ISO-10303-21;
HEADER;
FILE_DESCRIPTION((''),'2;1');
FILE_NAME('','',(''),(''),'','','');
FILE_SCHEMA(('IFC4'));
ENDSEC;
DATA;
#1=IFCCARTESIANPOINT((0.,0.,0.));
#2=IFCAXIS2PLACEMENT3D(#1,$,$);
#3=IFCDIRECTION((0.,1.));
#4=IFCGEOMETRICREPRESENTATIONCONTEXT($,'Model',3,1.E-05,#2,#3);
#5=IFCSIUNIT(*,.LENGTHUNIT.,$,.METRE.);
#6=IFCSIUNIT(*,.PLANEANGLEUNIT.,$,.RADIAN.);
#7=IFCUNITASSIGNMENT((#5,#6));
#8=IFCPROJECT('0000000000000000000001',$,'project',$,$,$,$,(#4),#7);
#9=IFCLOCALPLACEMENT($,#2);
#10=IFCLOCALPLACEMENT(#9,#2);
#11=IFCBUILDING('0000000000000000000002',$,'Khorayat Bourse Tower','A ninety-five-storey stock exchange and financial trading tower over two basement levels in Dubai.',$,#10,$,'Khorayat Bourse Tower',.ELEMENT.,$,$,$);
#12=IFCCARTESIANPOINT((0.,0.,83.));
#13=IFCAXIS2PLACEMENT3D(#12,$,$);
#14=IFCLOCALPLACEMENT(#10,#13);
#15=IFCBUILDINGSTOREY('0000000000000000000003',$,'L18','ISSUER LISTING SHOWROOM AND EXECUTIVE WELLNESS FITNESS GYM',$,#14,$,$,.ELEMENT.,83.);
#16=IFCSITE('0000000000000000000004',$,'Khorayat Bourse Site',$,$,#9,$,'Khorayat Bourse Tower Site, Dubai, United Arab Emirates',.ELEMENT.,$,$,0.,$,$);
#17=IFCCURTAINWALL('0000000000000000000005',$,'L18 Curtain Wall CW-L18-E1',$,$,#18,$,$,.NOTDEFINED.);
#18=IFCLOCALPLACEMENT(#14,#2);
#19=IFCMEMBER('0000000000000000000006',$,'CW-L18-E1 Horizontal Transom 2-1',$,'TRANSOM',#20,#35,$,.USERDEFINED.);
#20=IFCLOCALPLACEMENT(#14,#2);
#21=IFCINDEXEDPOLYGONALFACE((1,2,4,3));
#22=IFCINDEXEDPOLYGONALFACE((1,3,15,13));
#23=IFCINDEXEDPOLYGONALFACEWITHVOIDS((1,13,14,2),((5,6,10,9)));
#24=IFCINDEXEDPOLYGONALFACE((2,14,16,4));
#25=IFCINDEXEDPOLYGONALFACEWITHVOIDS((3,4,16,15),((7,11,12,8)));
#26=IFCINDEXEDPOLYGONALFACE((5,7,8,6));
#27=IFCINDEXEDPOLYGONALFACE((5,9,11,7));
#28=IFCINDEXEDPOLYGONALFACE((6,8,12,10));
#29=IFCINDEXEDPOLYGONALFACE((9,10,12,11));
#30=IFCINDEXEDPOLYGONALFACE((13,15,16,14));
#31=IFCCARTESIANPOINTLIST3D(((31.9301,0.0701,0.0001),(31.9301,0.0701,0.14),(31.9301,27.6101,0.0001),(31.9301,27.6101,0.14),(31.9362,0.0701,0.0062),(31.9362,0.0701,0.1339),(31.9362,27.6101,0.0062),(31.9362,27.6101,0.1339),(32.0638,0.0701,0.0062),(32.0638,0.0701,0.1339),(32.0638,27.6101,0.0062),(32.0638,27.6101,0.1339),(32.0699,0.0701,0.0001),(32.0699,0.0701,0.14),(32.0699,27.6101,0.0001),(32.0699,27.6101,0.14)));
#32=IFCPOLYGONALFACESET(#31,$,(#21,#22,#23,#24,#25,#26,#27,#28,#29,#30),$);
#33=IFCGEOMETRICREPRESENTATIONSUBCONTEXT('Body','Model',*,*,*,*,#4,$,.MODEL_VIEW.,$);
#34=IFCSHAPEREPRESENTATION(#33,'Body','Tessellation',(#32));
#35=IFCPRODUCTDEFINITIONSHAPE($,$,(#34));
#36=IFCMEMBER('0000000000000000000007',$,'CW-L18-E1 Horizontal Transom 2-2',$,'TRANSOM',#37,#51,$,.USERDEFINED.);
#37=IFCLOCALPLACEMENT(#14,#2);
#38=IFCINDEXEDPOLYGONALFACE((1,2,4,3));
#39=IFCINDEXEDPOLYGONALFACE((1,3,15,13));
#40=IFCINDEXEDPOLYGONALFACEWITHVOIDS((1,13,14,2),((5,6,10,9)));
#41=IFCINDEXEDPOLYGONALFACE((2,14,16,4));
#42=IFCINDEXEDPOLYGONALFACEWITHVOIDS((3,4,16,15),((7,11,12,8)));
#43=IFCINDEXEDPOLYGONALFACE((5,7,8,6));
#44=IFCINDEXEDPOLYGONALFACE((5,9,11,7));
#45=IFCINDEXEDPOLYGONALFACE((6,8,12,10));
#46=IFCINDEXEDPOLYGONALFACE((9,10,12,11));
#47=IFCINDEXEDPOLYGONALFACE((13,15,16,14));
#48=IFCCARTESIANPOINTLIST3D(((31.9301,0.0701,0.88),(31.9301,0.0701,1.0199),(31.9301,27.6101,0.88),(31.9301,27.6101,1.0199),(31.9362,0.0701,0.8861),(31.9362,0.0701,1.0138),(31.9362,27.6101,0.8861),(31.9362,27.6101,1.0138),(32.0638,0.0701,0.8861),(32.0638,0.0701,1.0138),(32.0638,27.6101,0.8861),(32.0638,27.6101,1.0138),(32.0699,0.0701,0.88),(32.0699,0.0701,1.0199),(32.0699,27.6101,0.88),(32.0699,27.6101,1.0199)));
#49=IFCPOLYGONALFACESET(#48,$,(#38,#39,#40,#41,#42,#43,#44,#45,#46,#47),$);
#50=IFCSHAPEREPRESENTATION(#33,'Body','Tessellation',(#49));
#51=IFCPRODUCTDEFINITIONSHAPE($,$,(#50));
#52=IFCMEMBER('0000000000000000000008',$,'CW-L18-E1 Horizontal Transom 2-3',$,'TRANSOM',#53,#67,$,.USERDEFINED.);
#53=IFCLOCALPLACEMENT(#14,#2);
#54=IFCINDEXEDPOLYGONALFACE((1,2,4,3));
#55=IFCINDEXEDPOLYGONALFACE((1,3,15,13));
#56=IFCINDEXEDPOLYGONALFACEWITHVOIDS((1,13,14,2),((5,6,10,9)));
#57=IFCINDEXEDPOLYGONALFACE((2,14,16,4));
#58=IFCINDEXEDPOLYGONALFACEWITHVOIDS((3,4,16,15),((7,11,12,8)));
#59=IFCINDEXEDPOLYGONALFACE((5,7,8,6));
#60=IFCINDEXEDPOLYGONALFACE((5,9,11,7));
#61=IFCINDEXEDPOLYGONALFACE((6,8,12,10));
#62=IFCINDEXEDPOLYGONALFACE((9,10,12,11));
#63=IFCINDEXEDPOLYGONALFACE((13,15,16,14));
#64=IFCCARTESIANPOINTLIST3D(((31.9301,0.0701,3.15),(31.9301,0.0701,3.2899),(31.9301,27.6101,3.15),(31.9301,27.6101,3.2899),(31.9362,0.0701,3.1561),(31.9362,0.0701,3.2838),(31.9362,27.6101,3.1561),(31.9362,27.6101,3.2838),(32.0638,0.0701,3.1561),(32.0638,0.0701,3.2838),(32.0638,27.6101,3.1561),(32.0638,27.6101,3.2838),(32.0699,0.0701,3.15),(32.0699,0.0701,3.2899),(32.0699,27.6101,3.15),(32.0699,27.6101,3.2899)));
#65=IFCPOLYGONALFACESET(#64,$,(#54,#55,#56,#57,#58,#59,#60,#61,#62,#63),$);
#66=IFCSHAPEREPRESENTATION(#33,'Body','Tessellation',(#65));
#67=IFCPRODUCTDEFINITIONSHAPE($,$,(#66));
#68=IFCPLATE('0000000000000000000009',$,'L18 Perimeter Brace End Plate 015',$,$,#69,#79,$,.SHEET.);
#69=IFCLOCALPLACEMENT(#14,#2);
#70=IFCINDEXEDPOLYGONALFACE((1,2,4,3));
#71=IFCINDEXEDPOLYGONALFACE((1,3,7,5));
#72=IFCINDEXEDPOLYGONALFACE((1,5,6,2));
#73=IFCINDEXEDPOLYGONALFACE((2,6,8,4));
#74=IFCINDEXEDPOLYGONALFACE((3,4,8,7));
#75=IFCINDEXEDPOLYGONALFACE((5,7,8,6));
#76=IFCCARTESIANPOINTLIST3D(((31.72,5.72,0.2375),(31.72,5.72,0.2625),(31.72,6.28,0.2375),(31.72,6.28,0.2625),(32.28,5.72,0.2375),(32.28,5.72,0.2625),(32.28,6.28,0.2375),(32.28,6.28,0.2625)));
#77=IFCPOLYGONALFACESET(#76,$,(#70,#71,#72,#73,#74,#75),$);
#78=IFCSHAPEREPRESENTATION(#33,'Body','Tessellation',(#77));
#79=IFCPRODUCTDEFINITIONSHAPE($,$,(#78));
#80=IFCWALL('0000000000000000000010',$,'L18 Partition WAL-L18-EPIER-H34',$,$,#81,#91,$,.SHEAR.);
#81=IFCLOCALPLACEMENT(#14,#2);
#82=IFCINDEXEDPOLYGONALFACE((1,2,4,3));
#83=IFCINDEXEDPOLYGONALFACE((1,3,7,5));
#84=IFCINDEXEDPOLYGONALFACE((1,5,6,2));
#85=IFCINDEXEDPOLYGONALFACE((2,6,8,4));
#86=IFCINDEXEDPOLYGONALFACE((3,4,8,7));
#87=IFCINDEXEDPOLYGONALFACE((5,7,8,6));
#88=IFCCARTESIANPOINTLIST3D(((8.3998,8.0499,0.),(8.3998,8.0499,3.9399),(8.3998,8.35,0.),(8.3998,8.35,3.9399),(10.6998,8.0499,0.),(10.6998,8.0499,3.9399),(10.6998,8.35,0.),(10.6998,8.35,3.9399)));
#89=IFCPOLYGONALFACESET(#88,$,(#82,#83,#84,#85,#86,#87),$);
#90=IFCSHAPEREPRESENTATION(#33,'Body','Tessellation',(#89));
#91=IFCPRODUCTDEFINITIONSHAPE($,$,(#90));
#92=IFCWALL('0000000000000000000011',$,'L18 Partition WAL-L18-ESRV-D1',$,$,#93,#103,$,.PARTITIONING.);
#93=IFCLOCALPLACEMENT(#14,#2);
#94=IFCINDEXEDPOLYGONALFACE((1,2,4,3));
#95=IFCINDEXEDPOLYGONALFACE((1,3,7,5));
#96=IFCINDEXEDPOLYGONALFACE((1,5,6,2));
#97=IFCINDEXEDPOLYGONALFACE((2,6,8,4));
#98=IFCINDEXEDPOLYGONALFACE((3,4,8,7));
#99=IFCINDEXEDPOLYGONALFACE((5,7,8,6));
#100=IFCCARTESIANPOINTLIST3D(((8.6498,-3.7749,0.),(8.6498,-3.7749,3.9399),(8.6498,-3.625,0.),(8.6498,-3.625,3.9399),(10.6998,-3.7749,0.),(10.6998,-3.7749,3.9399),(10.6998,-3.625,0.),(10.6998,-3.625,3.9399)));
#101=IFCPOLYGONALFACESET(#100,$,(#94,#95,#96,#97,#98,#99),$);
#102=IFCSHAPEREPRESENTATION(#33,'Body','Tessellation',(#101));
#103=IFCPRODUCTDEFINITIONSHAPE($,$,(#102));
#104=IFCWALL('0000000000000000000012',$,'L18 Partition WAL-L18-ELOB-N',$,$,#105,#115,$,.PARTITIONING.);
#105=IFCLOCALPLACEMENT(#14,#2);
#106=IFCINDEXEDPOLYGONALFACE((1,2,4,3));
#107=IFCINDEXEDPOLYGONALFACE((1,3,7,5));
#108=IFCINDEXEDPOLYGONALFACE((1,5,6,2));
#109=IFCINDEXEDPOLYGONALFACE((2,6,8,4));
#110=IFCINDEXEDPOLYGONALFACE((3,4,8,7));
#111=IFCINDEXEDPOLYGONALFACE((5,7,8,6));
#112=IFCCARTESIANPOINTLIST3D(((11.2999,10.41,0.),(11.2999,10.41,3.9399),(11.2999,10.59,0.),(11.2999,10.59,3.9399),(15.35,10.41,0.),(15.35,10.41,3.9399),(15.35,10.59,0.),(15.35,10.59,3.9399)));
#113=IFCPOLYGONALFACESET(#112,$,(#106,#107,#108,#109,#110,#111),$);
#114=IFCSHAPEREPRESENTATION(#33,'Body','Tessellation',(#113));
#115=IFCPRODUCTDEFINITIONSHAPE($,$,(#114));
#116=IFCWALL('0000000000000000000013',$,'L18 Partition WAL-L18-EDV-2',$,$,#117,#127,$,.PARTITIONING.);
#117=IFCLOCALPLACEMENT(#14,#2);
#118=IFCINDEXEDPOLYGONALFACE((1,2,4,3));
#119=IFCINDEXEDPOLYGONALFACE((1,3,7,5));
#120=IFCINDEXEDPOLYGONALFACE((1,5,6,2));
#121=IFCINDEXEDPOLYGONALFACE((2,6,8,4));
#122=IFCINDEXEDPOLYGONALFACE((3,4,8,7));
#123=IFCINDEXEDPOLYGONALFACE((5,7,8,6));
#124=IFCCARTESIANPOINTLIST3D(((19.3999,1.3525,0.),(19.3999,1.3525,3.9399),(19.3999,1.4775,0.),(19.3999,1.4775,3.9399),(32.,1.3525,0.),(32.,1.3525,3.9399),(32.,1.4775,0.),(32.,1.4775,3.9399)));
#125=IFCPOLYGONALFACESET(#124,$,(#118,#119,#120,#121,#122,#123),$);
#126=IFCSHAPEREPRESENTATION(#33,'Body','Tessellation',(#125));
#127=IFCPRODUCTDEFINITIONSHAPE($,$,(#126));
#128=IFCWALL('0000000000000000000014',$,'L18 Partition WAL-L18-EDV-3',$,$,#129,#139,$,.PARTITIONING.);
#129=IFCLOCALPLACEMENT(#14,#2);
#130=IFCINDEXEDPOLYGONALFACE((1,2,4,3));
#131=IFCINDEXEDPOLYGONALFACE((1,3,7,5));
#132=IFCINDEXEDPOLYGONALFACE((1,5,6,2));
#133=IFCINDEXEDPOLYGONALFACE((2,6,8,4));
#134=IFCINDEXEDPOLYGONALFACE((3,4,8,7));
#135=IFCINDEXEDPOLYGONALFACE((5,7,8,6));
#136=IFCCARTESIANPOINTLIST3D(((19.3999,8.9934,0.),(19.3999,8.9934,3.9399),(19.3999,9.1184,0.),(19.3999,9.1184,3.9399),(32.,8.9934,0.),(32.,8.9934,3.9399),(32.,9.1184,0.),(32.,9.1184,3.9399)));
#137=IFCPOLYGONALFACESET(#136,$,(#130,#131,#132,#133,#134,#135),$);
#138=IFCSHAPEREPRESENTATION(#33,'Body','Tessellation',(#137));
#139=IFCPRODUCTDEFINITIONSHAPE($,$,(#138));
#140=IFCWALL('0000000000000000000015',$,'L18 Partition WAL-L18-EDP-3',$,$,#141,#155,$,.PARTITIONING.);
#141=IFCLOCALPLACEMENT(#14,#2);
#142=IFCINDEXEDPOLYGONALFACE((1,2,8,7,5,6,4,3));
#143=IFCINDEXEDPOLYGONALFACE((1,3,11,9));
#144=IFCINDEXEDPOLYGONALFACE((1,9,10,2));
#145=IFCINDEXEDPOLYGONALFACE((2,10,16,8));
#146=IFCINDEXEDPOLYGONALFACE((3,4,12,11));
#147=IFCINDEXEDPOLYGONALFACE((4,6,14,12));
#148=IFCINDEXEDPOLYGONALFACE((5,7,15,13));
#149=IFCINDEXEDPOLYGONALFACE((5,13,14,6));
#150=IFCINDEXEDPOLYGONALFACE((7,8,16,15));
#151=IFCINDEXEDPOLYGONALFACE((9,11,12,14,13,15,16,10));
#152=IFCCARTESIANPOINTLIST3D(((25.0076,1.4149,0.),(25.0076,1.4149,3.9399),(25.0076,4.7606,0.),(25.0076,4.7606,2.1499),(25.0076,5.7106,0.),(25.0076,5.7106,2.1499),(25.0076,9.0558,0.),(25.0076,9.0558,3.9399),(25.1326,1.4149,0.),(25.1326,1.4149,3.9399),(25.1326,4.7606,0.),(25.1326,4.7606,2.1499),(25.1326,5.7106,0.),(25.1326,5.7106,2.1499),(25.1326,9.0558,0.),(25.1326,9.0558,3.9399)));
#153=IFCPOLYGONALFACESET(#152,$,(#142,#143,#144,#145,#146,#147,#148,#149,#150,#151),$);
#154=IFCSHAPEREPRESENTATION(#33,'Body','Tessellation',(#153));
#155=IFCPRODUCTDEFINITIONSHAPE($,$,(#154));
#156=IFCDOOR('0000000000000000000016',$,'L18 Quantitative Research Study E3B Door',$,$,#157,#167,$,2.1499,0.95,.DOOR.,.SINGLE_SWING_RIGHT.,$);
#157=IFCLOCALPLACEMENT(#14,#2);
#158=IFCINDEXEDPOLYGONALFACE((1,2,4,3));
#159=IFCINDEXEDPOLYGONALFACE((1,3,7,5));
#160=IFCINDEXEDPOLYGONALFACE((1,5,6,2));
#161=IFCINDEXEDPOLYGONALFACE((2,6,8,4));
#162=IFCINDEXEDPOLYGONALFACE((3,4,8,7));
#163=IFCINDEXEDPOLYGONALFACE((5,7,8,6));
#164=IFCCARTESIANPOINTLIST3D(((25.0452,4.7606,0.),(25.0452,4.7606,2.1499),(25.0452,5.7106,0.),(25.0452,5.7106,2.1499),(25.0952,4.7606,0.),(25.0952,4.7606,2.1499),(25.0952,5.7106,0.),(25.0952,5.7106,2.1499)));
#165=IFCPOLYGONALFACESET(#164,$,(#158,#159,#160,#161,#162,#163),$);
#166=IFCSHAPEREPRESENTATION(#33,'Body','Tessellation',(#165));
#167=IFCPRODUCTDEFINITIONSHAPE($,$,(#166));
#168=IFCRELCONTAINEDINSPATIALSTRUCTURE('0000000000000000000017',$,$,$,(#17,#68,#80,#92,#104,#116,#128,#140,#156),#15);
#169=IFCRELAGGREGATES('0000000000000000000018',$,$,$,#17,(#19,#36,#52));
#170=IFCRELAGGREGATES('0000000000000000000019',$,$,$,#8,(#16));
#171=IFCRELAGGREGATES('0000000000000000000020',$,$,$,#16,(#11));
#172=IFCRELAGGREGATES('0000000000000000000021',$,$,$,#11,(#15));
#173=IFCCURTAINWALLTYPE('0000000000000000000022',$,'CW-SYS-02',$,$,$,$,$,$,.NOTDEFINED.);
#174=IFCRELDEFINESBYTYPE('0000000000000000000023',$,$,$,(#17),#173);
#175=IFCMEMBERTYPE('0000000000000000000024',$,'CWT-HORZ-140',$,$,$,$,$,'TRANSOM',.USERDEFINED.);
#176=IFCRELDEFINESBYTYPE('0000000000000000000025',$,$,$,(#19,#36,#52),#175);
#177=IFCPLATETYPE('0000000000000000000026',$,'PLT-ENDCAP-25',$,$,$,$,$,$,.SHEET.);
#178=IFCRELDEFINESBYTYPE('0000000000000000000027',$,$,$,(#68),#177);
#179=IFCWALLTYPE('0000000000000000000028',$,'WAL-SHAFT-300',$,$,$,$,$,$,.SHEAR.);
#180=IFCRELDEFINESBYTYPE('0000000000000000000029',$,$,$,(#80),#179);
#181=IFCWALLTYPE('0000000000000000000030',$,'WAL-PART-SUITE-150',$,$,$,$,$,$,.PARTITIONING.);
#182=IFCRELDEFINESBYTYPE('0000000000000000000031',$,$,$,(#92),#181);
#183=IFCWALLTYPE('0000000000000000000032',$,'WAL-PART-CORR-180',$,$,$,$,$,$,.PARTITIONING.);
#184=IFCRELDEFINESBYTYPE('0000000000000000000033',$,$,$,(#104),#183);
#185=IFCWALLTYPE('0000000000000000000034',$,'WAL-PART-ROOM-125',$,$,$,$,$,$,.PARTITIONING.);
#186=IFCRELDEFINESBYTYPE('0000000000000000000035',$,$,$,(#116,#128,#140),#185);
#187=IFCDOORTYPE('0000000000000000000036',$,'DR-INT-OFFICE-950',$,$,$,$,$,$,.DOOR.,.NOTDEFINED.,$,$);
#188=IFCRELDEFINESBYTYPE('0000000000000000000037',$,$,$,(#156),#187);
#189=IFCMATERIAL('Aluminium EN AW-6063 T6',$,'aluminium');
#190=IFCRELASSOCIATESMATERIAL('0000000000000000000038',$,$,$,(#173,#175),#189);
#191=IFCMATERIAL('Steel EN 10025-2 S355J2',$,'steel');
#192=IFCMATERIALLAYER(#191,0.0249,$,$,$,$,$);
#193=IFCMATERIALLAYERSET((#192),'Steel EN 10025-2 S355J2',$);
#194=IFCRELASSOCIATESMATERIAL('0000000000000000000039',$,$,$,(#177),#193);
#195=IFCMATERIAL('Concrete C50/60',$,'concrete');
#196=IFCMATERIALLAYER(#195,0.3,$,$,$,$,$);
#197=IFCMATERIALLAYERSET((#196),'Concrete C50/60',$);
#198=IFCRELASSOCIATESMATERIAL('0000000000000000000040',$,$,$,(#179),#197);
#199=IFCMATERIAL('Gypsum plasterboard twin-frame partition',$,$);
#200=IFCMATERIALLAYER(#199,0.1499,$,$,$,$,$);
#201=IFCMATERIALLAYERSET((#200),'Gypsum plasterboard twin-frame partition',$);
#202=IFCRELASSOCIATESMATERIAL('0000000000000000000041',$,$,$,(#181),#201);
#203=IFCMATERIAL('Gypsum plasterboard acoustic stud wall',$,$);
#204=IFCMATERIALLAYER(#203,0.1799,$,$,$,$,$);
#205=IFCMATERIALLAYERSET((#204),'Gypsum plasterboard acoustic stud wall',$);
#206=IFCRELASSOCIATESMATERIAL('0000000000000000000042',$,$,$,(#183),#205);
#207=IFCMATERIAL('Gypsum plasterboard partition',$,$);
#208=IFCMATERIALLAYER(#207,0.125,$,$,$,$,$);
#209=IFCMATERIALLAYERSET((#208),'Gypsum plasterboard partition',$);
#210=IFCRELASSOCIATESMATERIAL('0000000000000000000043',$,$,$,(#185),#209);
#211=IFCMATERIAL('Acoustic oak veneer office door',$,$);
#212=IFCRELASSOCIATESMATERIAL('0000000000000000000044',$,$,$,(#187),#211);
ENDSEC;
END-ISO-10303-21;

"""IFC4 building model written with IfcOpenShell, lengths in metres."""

from ifc_helpers import new_model, si_unit, direction, frame, frame_2d, origin, origin_2d, place, context, subcontext, project, spatial, rectangle, hollow_rectangle, extrude, source, transform, mapped, material, layer, layer_set, material_profile, profile_set, type_object, element, fill, aggregate, save


model = new_model("IFC4")

# Units and contexts
model_context = context("Model", 3, precision=1e-05, world=origin(), true_north=direction((0.0, 1.0)))
body_context = subcontext(model_context, "Body", "Model", "MODEL_VIEW")
ifc_project = project(units=[si_unit("LENGTHUNIT", "METRE"), si_unit("PLANEANGLEUNIT", "RADIAN")], contexts=[model_context])

# Site, building, storey
site_placement = place(None, origin())
site = spatial("IfcSite", under=ifc_project, at=site_placement, Name="Khorayat Bourse Site", LongName="Khorayat Bourse Tower Site, Dubai, United Arab Emirates", CompositionType="ELEMENT", RefElevation=0.0)
building_placement = place(site_placement, origin())
building = spatial("IfcBuilding", under=site, at=building_placement, Name="Khorayat Bourse Tower", Description="A ninety-five-storey stock exchange and financial trading tower over two basement levels in Dubai.", LongName="Khorayat Bourse Tower", CompositionType="ELEMENT")
storey_placement = place(building_placement, frame((0.0, 0.0, 83.0)))
storey = spatial("IfcBuildingStorey", under=building, at=storey_placement, Name="L18", Description="ISSUER LISTING SHOWROOM AND EXECUTIVE WELLNESS FITNESS GYM", CompositionType="ELEMENT", Elevation=83.0)

# Curtain wall, members
ifc_material_1 = material(Name="Aluminium EN AW-6063 T6", Category="aluminium")
curtain_wall_type = type_object("IfcCurtainWallType", Name="CW-SYS-02", PredefinedType="NOTDEFINED", material=ifc_material_1)
curtain_wall_placement = place(storey_placement, origin())
curtain_wall = element("IfcCurtainWall", 1, at=curtain_wall_placement, inside=storey, type_object=curtain_wall_type, Name="L18 Curtain Wall CW-L18-E1", PredefinedType="NOTDEFINED")
ifc_material_profile_1 = material_profile(ifc_material_1, hollow_rectangle(XDim=0.1399, YDim=0.1399, WallThickness=0.0061, at=origin_2d()), Name="ALU 140x140x6")
ifc_profile_set_1 = profile_set([ifc_material_profile_1], Name="Aluminium EN AW-6063 T6")
member_type_1 = type_object("IfcMemberType", Name="CWT-HORZ-140", ElementType="TRANSOM", PredefinedType="USERDEFINED", material=ifc_profile_set_1)
shared_shape_1 = source(origin(), body_context, "Body", "SweptSolid", [
    extrude(hollow_rectangle(XDim=0.1399, YDim=0.1399, WallThickness=0.0061, at=origin_2d()), origin(), (0.0, 0.0, 1.0), 27.54),
])
member_1_placement = place(storey_placement, frame((32.0, 0.0701, 0.0701), z_axis=(0.0, 1.0, 0.0), x_axis=(-1.0, 0.0, 0.0)))
member_1 = element("IfcMember", 2, at=member_1_placement, type_object=member_type_1, Name="CW-L18-E1 Horizontal Transom 2-1", ObjectType="TRANSOM", PredefinedType="USERDEFINED", context=body_context, shape_type="MappedRepresentation", body=[
    mapped(shared_shape_1, transform((0.0, 0.0, 0.0), scale=1.0)),
])
member_2_placement = place(storey_placement, frame((32.0, 0.0701, 0.95), z_axis=(0.0, 1.0, 0.0), x_axis=(-1.0, 0.0, 0.0)))
member_2 = element("IfcMember", 3, at=member_2_placement, type_object=member_type_1, Name="CW-L18-E1 Horizontal Transom 2-2", ObjectType="TRANSOM", PredefinedType="USERDEFINED", context=body_context, shape_type="MappedRepresentation", body=[
    mapped(shared_shape_1, transform((0.0, 0.0, 0.0), scale=1.0)),
])
member_3_placement = place(storey_placement, frame((32.0, 0.0701, 3.22), z_axis=(0.0, 1.0, 0.0), x_axis=(-1.0, 0.0, 0.0)))
member_3 = element("IfcMember", 4, at=member_3_placement, type_object=member_type_1, Name="CW-L18-E1 Horizontal Transom 2-3", ObjectType="TRANSOM", PredefinedType="USERDEFINED", context=body_context, shape_type="MappedRepresentation", body=[
    mapped(shared_shape_1, transform((0.0, 0.0, 0.0), scale=1.0)),
])
aggregate(curtain_wall, [member_1, member_2, member_3])

# Plate
ifc_material_2 = material(Name="Steel EN 10025-2 S355J2", Category="steel")
ifc_layer_1 = layer(ifc_material_2, 0.0249)
ifc_layer_set_1 = layer_set([ifc_layer_1], Name="Steel EN 10025-2 S355J2")
plate_type = type_object("IfcPlateType", Name="PLT-ENDCAP-25", PredefinedType="SHEET", material=ifc_layer_set_1)
shared_shape_2 = source(origin(), body_context, "Body", "SweptSolid", [
    extrude(rectangle(XDim=0.5601, YDim=0.5601, at=origin_2d()), origin(), (0.0, 0.0, 1.0), 0.0249),
])
plate_placement = place(storey_placement, frame((32.0, 6.0, 0.2375), z_axis=(0.0, 0.0, 1.0), x_axis=(1.0, 0.0, 0.0)))
element("IfcPlate", 5, at=plate_placement, inside=storey, type_object=plate_type, Name="L18 Perimeter Brace End Plate 015", PredefinedType="SHEET", context=body_context, shape_type="MappedRepresentation", body=[
    mapped(shared_shape_2, transform((0.0, 0.0, 0.0), scale=1.0)),
])

# Walls
ifc_material_3 = material(Name="Concrete C50/60", Category="concrete")
ifc_layer_2 = layer(ifc_material_3, 0.3)
ifc_layer_set_2 = layer_set([ifc_layer_2], Name="Concrete C50/60")
wall_type_1 = type_object("IfcWallType", Name="WAL-SHAFT-300", PredefinedType="SHEAR", material=ifc_layer_set_2)
shared_shape_3 = source(origin(), body_context, "Body", "SweptSolid", [
    extrude(rectangle(XDim=2.3, YDim=0.3, at=frame_2d((1.1499, 0.0))), origin(), (0.0, 0.0, 1.0), 3.9399),
])
wall_1_placement = place(storey_placement, frame((8.3999, 8.2, 0.0), z_axis=(0.0, 0.0, 1.0), x_axis=(1.0, 0.0, 0.0)))
element("IfcWall", 6, at=wall_1_placement, inside=storey, type_object=wall_type_1, Name="L18 Partition WAL-L18-EPIER-H34", PredefinedType="SHEAR", context=body_context, shape_type="MappedRepresentation", body=[
    mapped(shared_shape_3, transform((0.0, 0.0, 0.0), scale=1.0)),
])
ifc_material_4 = material(Name="Gypsum plasterboard twin-frame partition")
ifc_layer_3 = layer(ifc_material_4, 0.1499)
ifc_layer_set_3 = layer_set([ifc_layer_3], Name="Gypsum plasterboard twin-frame partition")
wall_type_2 = type_object("IfcWallType", Name="WAL-PART-SUITE-150", PredefinedType="PARTITIONING", material=ifc_layer_set_3)
shared_shape_4 = source(origin(), body_context, "Body", "SweptSolid", [
    extrude(rectangle(XDim=2.05, YDim=0.1499, at=frame_2d((1.0249, 0.0))), origin(), (0.0, 0.0, 1.0), 3.9399),
])
wall_2_placement = place(storey_placement, frame((8.6499, -3.7, 0.0), z_axis=(0.0, 0.0, 1.0), x_axis=(1.0, 0.0, 0.0)))
element("IfcWall", 7, at=wall_2_placement, inside=storey, type_object=wall_type_2, Name="L18 Partition WAL-L18-ESRV-D1", PredefinedType="PARTITIONING", context=body_context, shape_type="MappedRepresentation", body=[
    mapped(shared_shape_4, transform((0.0, 0.0, 0.0), scale=1.0)),
])
ifc_material_5 = material(Name="Gypsum plasterboard acoustic stud wall")
ifc_layer_4 = layer(ifc_material_5, 0.1799)
ifc_layer_set_4 = layer_set([ifc_layer_4], Name="Gypsum plasterboard acoustic stud wall")
wall_type_3 = type_object("IfcWallType", Name="WAL-PART-CORR-180", PredefinedType="PARTITIONING", material=ifc_layer_set_4)
shared_shape_5 = source(origin(), body_context, "Body", "SweptSolid", [
    extrude(rectangle(XDim=4.05, YDim=0.1799, at=frame_2d((2.0249, 0.0))), origin(), (0.0, 0.0, 1.0), 3.9399),
])
wall_3_placement = place(storey_placement, frame((11.3, 10.5, 0.0), z_axis=(0.0, 0.0, 1.0), x_axis=(1.0, 0.0, 0.0)))
element("IfcWall", 8, at=wall_3_placement, inside=storey, type_object=wall_type_3, Name="L18 Partition WAL-L18-ELOB-N", PredefinedType="PARTITIONING", context=body_context, shape_type="MappedRepresentation", body=[
    mapped(shared_shape_5, transform((0.0, 0.0, 0.0), scale=1.0)),
])
ifc_material_6 = material(Name="Gypsum plasterboard partition")
ifc_layer_5 = layer(ifc_material_6, 0.125)
ifc_layer_set_5 = layer_set([ifc_layer_5], Name="Gypsum plasterboard partition")
wall_type_4 = type_object("IfcWallType", Name="WAL-PART-ROOM-125", PredefinedType="PARTITIONING", material=ifc_layer_set_5)
shared_shape_6 = source(origin(), body_context, "Body", "SweptSolid", [
    extrude(rectangle(XDim=12.6001, YDim=0.125, at=frame_2d((6.3, 0.0))), origin(), (0.0, 0.0, 1.0), 3.9399),
])
for number, where, z_axis, x_axis, name in (
    (9, (19.3999, 1.415, 0.0), (0.0, 0.0, 1.0), (1.0, 0.0, 0.0), "L18 Partition WAL-L18-EDV-2"),
    (10, (19.3999, 9.0559, 0.0), (0.0, 0.0, 1.0), (1.0, 0.0, 0.0), "L18 Partition WAL-L18-EDV-3"),
):
    element("IfcWall", number, at=place(storey_placement, frame(where, z_axis=z_axis, x_axis=x_axis)), inside=storey, type_object=wall_type_4, Name=name, PredefinedType="PARTITIONING", context=body_context, shape_type="MappedRepresentation", body=[
        mapped(shared_shape_6, transform((0.0, 0.0, 0.0), scale=1.0)),
    ])

# Wall, opening, door
shared_shape_7 = source(origin(), body_context, "Body", "SweptSolid", [
    extrude(rectangle(XDim=7.6409, YDim=0.125, at=frame_2d((3.8203, 0.0))), origin(), (0.0, 0.0, 1.0), 3.9399),
])
wall_4_placement = place(storey_placement, frame((25.0701, 1.415, 0.0), z_axis=(0.0, 0.0, 1.0), x_axis=(0.0, 1.0, 0.0)))
wall_4 = element("IfcWall", 11, at=wall_4_placement, inside=storey, type_object=wall_type_4, Name="L18 Partition WAL-L18-EDP-3", PredefinedType="PARTITIONING", context=body_context, shape_type="MappedRepresentation", body=[
    mapped(shared_shape_7, transform((0.0, 0.0, 0.0), scale=1.0)),
])
shared_shape_8 = source(origin(), body_context, "Body", "SweptSolid", [
    extrude(rectangle(XDim=0.95, YDim=2.1499, at=frame_2d((0.4751, 1.075))), frame((0.0, 0.0725, 0.0), z_axis=(0.0, -1.0, 0.0), x_axis=(1.0, 0.0, 0.0)), (0.0, 0.0, 1.0), 0.145),
])
opening_1_placement = place(wall_4_placement, frame((3.3455, 0.0, 0.0)))
opening_1 = element("IfcOpeningElement", 12, at=opening_1_placement, cuts=wall_4, PredefinedType="OPENING", context=body_context, shape_type="MappedRepresentation", body=[
    mapped(shared_shape_8, transform((0.0, 0.0, 0.0), scale=1.0)),
])
ifc_material_7 = material(Name="Acoustic oak veneer office door")
door_type = type_object("IfcDoorType", Name="DR-INT-OFFICE-950", OperationType="NOTDEFINED", PredefinedType="DOOR", material=ifc_material_7)
shared_shape_9 = source(origin(), body_context, "Body", "SweptSolid", [
    extrude(rectangle(XDim=0.95, YDim=2.1499, at=frame_2d((0.4751, 1.075))), frame((0.0, 0.0249, 0.0), z_axis=(0.0, -1.0, 0.0), x_axis=(1.0, 0.0, 0.0)), (0.0, 0.0, 1.0), 0.05),
])
door_1_placement = place(opening_1_placement, origin())
door_1 = element("IfcDoor", 13, at=door_1_placement, inside=storey, type_object=door_type, Name="L18 Quantitative Research Study E3B Door", OperationType="SINGLE_SWING_RIGHT", OverallHeight=2.1499, OverallWidth=0.95, PredefinedType="DOOR", context=body_context, shape_type="MappedRepresentation", body=[
    mapped(shared_shape_9, transform((0.0, 0.0, 0.0), scale=1.0)),
])
fill(opening_1, door_1)

save(model, "model.ifc")
